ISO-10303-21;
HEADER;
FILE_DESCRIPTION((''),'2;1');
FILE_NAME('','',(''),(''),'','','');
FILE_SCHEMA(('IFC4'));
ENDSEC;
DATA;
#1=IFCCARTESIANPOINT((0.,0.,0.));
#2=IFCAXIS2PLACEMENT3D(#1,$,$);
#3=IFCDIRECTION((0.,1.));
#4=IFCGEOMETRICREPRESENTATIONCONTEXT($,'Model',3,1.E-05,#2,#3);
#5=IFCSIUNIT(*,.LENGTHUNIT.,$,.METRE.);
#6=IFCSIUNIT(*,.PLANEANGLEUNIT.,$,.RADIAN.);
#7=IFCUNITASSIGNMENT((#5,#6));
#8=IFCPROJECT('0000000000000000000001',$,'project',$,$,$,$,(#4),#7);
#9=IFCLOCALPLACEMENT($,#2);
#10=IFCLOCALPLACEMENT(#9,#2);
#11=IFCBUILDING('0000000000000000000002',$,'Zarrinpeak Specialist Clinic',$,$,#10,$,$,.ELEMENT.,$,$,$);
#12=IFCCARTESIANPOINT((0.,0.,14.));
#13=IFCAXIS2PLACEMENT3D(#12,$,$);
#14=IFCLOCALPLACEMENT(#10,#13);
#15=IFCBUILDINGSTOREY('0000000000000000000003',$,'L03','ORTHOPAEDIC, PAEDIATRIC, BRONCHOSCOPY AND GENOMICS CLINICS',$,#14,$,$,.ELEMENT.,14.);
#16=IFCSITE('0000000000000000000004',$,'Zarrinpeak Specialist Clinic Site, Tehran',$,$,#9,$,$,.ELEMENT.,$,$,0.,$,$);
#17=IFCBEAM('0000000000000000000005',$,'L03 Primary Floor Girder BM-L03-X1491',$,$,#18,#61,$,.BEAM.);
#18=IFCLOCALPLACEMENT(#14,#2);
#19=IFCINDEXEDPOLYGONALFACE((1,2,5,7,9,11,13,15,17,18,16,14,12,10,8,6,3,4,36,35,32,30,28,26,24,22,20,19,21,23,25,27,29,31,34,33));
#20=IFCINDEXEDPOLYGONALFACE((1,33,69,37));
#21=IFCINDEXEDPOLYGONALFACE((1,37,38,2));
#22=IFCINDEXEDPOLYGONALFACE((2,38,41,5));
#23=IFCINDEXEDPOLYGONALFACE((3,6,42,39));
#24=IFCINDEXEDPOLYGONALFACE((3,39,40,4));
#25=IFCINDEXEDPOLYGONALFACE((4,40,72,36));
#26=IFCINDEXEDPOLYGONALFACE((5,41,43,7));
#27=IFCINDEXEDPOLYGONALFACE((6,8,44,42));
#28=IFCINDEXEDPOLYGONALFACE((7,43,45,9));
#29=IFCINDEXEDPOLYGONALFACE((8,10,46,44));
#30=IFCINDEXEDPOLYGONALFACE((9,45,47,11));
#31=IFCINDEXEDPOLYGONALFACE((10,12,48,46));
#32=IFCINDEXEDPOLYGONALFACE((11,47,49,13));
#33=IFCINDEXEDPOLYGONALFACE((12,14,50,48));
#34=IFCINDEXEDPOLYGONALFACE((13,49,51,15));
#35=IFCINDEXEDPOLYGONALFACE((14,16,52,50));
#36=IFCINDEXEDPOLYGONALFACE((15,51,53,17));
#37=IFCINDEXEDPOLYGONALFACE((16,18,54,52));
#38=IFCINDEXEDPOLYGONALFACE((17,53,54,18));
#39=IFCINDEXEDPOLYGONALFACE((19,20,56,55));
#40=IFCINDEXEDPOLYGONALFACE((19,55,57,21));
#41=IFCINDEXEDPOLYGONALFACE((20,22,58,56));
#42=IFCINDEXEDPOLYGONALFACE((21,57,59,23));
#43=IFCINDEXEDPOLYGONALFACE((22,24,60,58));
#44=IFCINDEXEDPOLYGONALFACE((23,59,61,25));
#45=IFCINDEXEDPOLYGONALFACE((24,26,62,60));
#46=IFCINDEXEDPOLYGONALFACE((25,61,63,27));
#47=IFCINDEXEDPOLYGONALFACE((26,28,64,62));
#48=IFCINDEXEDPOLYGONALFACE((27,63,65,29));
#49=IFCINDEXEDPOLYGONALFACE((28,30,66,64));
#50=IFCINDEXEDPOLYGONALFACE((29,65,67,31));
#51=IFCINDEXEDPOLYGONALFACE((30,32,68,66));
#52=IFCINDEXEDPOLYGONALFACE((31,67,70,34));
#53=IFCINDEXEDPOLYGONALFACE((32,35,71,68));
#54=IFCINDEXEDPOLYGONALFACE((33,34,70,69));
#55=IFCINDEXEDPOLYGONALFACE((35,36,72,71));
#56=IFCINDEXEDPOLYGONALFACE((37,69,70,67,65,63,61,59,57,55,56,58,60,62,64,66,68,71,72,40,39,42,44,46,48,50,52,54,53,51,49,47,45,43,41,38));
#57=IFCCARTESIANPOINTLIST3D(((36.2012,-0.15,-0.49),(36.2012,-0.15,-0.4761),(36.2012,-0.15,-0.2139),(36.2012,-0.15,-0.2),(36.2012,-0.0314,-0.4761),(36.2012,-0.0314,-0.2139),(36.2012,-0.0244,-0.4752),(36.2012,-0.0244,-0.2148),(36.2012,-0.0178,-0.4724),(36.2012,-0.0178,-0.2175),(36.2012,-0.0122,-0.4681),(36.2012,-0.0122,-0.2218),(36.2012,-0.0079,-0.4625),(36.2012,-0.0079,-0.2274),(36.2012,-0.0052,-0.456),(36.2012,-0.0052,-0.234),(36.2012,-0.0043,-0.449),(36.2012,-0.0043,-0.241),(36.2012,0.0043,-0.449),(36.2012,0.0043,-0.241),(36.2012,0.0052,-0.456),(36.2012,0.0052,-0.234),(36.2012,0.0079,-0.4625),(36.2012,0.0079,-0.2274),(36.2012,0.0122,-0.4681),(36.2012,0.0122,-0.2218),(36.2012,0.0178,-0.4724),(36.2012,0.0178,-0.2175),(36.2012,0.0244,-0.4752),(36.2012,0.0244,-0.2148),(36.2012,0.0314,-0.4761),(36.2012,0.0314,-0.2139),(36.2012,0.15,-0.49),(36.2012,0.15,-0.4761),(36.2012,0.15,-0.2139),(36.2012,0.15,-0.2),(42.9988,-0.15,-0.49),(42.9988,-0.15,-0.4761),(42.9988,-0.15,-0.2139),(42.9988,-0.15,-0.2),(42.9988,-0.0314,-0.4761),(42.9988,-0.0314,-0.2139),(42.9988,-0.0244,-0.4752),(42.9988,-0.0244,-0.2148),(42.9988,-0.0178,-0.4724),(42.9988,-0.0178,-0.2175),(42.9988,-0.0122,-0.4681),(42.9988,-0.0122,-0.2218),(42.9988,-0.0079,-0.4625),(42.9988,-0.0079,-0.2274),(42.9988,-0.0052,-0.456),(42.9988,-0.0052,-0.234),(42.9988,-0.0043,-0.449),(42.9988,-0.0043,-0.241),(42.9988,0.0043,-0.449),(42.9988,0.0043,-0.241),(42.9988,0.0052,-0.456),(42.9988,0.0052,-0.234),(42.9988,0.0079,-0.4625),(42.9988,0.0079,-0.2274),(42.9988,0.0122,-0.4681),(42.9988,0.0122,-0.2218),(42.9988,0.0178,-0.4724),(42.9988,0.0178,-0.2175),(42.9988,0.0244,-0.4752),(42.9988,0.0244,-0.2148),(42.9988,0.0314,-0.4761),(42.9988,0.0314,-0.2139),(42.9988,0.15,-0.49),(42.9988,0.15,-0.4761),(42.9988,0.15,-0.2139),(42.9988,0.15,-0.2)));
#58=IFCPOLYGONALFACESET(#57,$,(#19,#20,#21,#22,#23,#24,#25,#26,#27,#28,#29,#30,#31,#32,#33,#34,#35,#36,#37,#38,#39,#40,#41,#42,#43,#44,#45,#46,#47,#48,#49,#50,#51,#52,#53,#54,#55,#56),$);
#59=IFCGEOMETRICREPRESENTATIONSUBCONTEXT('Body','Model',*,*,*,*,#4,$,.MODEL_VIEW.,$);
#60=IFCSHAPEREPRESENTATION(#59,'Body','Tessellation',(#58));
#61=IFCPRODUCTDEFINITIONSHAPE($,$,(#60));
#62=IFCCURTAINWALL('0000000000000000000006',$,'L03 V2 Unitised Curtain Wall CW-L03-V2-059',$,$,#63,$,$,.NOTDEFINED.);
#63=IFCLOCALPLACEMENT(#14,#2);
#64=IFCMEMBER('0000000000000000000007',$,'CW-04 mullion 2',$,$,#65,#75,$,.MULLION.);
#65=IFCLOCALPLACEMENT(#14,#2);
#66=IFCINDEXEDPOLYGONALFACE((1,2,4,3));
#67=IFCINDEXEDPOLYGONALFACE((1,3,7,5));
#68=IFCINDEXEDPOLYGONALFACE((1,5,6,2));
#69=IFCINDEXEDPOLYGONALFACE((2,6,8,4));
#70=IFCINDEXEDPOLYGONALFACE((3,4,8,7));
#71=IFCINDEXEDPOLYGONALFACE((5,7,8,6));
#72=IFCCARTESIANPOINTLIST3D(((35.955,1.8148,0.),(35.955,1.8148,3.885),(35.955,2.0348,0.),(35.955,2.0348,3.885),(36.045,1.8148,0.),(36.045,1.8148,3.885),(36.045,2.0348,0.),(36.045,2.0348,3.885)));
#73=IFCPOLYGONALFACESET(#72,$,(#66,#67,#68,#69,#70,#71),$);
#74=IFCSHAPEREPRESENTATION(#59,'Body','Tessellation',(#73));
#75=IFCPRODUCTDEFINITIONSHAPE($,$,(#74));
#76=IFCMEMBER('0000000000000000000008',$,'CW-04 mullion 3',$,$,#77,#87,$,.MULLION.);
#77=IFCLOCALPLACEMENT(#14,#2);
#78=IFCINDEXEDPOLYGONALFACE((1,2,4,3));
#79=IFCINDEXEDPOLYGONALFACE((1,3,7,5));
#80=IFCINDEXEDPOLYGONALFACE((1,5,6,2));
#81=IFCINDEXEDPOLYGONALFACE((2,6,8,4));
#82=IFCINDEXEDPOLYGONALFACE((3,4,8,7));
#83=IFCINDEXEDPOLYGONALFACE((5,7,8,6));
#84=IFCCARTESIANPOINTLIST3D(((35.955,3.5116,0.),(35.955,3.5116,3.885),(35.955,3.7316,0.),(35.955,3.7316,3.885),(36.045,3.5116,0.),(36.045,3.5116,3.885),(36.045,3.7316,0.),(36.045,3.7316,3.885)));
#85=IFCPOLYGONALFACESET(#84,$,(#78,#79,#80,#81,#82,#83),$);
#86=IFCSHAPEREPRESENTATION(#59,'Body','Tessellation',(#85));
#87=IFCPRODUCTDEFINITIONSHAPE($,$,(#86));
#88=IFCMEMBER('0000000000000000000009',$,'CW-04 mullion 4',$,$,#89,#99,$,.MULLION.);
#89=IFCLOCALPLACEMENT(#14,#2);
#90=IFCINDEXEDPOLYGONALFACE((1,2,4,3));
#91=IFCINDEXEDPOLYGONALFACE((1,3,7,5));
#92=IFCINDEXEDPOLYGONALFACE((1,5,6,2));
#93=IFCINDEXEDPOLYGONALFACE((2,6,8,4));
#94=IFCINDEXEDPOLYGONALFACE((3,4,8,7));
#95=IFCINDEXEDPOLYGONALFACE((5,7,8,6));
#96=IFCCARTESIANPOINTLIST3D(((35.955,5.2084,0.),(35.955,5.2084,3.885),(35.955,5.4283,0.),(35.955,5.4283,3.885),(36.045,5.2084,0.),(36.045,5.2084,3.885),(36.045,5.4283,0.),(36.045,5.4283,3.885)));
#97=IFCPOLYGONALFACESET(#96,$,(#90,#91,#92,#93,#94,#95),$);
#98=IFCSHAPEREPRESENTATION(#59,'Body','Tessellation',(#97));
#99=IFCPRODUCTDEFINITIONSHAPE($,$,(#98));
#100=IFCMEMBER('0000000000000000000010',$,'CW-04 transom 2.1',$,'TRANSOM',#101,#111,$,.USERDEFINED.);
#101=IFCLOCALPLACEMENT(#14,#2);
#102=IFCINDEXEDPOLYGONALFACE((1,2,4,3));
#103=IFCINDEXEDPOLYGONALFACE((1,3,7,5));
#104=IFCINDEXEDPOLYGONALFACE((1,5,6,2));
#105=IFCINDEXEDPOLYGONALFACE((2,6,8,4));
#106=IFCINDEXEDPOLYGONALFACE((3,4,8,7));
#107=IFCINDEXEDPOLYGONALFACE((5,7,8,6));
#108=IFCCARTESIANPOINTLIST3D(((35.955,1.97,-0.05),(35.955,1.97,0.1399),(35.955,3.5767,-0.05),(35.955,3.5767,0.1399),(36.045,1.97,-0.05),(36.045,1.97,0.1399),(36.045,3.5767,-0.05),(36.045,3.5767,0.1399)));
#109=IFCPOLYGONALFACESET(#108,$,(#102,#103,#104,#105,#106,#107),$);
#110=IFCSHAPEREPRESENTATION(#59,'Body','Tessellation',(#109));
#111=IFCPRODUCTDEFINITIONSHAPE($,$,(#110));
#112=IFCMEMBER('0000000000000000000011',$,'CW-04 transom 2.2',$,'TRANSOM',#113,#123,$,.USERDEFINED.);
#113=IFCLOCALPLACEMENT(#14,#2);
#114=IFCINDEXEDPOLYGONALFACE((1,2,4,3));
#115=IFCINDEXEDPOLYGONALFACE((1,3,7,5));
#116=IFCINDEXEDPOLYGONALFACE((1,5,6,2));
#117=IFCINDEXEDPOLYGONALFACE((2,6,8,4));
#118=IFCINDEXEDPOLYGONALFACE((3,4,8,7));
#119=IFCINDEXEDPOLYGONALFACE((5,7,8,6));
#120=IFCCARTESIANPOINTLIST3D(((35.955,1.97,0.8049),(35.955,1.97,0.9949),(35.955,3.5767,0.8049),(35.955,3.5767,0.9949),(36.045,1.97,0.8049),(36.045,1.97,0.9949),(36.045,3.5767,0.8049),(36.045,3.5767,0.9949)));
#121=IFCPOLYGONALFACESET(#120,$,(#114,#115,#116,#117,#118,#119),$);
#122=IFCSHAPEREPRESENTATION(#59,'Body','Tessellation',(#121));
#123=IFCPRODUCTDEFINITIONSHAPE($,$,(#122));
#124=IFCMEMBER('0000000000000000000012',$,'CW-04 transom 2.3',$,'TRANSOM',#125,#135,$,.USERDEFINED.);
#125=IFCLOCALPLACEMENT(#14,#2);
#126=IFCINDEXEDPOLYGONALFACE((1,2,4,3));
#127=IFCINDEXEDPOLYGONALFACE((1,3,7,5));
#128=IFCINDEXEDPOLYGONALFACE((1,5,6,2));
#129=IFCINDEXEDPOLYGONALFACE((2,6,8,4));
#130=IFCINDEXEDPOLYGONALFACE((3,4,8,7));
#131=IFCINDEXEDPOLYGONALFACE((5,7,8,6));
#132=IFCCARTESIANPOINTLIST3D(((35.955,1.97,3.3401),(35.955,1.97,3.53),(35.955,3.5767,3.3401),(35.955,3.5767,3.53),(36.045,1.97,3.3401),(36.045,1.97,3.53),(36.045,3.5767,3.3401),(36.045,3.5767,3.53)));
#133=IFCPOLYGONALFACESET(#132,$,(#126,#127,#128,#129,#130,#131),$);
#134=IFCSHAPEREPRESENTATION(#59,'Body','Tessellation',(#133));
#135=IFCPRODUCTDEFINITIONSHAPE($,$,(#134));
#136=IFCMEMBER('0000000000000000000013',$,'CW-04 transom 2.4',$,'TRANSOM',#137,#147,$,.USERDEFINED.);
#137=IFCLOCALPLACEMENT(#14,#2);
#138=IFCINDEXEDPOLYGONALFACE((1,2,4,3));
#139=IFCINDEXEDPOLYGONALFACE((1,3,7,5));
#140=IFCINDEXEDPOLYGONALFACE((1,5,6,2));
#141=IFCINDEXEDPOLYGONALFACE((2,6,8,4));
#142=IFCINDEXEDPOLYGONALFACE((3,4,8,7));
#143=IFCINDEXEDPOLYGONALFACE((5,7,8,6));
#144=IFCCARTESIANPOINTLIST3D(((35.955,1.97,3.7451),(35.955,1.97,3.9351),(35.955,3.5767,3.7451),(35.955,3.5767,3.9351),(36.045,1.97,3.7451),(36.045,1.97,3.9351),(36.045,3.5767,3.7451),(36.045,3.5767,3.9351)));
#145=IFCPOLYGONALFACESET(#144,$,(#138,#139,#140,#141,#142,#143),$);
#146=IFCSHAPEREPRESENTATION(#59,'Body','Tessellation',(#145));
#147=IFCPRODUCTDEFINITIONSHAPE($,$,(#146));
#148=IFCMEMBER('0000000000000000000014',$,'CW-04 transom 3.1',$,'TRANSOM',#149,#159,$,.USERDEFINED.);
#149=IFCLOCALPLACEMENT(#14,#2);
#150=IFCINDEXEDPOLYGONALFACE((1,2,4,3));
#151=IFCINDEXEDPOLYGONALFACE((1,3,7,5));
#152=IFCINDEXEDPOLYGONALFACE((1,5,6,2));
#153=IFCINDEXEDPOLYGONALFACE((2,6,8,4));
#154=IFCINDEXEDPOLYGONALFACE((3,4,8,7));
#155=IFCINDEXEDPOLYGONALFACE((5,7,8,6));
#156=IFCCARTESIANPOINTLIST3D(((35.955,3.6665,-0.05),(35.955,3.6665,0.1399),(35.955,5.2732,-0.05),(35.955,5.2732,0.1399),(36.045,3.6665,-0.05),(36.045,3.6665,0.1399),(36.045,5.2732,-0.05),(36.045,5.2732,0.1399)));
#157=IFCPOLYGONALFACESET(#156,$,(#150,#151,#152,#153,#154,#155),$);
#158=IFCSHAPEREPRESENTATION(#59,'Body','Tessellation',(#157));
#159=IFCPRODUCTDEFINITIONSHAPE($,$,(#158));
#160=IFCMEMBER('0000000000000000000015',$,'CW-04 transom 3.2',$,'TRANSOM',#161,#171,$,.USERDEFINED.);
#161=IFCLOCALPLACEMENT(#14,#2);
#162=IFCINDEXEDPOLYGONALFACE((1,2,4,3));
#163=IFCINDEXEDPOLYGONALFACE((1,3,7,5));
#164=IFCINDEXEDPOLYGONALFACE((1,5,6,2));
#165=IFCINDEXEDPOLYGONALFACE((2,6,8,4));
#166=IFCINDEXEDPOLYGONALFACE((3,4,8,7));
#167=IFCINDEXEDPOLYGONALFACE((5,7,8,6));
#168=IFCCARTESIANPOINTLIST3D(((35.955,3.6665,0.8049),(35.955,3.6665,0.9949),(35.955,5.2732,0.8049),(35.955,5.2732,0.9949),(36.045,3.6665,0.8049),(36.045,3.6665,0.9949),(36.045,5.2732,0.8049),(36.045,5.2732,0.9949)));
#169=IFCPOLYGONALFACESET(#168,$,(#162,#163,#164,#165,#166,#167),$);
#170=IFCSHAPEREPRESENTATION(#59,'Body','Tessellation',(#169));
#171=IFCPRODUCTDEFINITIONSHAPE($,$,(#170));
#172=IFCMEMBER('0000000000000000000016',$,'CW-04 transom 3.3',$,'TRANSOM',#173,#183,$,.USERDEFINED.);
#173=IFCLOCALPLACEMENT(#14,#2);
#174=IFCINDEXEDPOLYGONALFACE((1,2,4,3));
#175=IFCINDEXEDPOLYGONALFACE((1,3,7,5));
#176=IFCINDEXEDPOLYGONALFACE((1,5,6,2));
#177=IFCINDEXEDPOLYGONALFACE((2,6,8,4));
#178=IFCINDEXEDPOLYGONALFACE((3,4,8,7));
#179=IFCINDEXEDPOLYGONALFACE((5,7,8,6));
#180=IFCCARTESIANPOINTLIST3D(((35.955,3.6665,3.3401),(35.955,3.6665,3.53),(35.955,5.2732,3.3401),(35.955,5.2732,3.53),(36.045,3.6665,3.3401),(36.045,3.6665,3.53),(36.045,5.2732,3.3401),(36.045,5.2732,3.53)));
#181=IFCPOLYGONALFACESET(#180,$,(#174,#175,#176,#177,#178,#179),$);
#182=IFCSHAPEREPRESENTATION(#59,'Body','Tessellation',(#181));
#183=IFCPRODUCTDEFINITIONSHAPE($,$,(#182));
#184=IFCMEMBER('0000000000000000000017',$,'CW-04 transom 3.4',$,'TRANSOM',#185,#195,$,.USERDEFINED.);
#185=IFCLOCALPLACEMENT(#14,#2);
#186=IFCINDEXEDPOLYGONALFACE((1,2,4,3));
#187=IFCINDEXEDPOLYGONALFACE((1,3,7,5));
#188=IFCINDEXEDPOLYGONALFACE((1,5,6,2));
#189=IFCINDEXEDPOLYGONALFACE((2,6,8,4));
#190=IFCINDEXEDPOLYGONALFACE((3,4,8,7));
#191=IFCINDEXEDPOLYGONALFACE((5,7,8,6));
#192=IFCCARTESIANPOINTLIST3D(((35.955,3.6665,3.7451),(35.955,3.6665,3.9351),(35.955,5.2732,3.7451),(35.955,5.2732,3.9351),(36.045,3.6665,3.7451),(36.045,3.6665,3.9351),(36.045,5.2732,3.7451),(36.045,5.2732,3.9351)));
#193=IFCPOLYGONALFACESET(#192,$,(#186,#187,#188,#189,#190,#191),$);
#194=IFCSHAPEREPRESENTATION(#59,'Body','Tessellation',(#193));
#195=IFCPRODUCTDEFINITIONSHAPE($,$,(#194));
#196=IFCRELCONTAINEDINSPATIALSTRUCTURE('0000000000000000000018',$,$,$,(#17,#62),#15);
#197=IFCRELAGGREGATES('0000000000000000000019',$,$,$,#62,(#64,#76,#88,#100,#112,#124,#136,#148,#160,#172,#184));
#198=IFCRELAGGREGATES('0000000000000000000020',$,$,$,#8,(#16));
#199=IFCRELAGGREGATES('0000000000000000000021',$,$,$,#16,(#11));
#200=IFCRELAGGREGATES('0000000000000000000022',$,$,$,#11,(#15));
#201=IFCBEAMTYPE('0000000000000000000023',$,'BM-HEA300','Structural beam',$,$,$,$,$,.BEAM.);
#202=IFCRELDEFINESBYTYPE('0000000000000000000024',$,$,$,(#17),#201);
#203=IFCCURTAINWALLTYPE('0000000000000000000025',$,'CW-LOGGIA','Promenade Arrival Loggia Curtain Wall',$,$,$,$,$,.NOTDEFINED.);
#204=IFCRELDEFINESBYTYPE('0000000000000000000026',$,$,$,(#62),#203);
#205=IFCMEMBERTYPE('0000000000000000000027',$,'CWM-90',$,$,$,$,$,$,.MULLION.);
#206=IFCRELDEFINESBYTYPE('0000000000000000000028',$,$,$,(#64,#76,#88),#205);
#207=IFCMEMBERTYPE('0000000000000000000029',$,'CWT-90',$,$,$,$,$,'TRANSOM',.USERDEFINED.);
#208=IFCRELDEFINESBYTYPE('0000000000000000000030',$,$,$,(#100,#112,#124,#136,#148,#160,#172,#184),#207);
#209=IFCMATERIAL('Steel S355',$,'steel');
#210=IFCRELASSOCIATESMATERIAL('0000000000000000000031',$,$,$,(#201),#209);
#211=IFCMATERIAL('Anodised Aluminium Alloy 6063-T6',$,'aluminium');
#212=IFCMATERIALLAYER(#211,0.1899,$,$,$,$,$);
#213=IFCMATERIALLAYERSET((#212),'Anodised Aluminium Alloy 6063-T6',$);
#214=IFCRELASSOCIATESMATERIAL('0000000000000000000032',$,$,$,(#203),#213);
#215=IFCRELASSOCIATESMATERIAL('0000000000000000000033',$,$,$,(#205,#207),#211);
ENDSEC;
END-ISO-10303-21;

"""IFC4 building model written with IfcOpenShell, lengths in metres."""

from ifc_helpers import new_model, si_unit, direction, frame, origin, origin_2d, place, context, subcontext, project, spatial, rectangle, i_section, extrude, material, layer, layer_set, material_profile, profile_set, type_object, element, aggregate, save


model = new_model("IFC4")

# Units and contexts
model_context = context("Model", 3, precision=1e-05, world=origin(), true_north=direction((0.0, 1.0)))
body_context = subcontext(model_context, "Body", "Model", "MODEL_VIEW")
ifc_project = project(units=[si_unit("LENGTHUNIT", "METRE"), si_unit("PLANEANGLEUNIT", "RADIAN")], contexts=[model_context])

# Site, building, storey
site_placement = place(None, origin())
site = spatial("IfcSite", under=ifc_project, at=site_placement, Name="Zarrinpeak Specialist Clinic Site, Tehran", CompositionType="ELEMENT", RefElevation=0.0)
building_placement = place(site_placement, origin())
building = spatial("IfcBuilding", under=site, at=building_placement, Name="Zarrinpeak Specialist Clinic", CompositionType="ELEMENT")
storey_placement = place(building_placement, frame((0.0, 0.0, 14.0)))
storey = spatial("IfcBuildingStorey", under=building, at=storey_placement, Name="L03", Description="ORTHOPAEDIC, PAEDIATRIC, BRONCHOSCOPY AND GENOMICS CLINICS", CompositionType="ELEMENT", Elevation=14.0)

# Beam
ifc_material_1 = material(Name="Steel S355", Category="steel")
ifc_material_profile_1 = material_profile(ifc_material_1, i_section(OverallWidth=0.3, OverallDepth=0.29, WebThickness=0.0085, FlangeThickness=0.0139, FilletRadius=0.0271, at=origin_2d()), Name="HEA 300")
ifc_profile_set_1 = profile_set([ifc_material_profile_1], Name="Steel S355")
beam_type = type_object("IfcBeamType", Name="BM-HEA300", Description="Structural beam", PredefinedType="BEAM", material=ifc_profile_set_1)
beam_placement = place(storey_placement, frame((36.2012, 0.0, -0.345), z_axis=(1.0, 0.0, 0.0), x_axis=(0.0, 1.0, 0.0)))
element("IfcBeam", 1, at=beam_placement, inside=storey, type_object=beam_type, Name="L03 Primary Floor Girder BM-L03-X1491", PredefinedType="BEAM", context=body_context, shape_type="SweptSolid", body=[
    extrude(i_section(OverallWidth=0.3, OverallDepth=0.29, WebThickness=0.0085, FlangeThickness=0.0139, FilletRadius=0.0271, at=origin_2d()), origin(), (0.0, 0.0, 1.0), 6.7976),
])

# Curtain wall, members
ifc_material_2 = material(Name="Anodised Aluminium Alloy 6063-T6", Category="aluminium")
ifc_layer_1 = layer(ifc_material_2, 0.1899)
ifc_layer_set_1 = layer_set([ifc_layer_1], Name="Anodised Aluminium Alloy 6063-T6")
curtain_wall_type = type_object("IfcCurtainWallType", Name="CW-LOGGIA", Description="Promenade Arrival Loggia Curtain Wall", PredefinedType="NOTDEFINED", material=ifc_layer_set_1)
curtain_wall_placement = place(storey_placement, origin())
curtain_wall = element("IfcCurtainWall", 2, at=curtain_wall_placement, inside=storey, type_object=curtain_wall_type, Name="L03 V2 Unitised Curtain Wall CW-L03-V2-059", PredefinedType="NOTDEFINED")
ifc_material_profile_2 = material_profile(ifc_material_2, rectangle(XDim=0.0901, YDim=0.22, at=origin_2d()), Name="ALU 90x220")
ifc_profile_set_2 = profile_set([ifc_material_profile_2], Name="Anodised Aluminium Alloy 6063-T6")
member_type_1 = type_object("IfcMemberType", Name="CWM-90", PredefinedType="MULLION", material=ifc_profile_set_2)
member_1_placement = place(storey_placement, frame((36.0, 1.9248, 0.0), z_axis=(0.0, 0.0, 1.0), x_axis=(-1.0, 0.0, 0.0)))
member_1 = element("IfcMember", 3, at=member_1_placement, type_object=member_type_1, Name="CW-04 mullion 2", PredefinedType="MULLION", context=body_context, shape_type="SweptSolid", body=[
    extrude(rectangle(XDim=0.0901, YDim=0.22, at=origin_2d()), origin(), (0.0, 0.0, 1.0), 3.885),
])
member_2_placement = place(storey_placement, frame((36.0, 3.6216, 0.0), z_axis=(0.0, 0.0, 1.0), x_axis=(-1.0, 0.0, 0.0)))
member_2 = element("IfcMember", 4, at=member_2_placement, type_object=member_type_1, Name="CW-04 mullion 3", PredefinedType="MULLION", context=body_context, shape_type="SweptSolid", body=[
    extrude(rectangle(XDim=0.0901, YDim=0.22, at=origin_2d()), origin(), (0.0, 0.0, 1.0), 3.885),
])
member_3_placement = place(storey_placement, frame((36.0, 5.3184, 0.0), z_axis=(0.0, 0.0, 1.0), x_axis=(-1.0, 0.0, 0.0)))
member_3 = element("IfcMember", 5, at=member_3_placement, type_object=member_type_1, Name="CW-04 mullion 4", PredefinedType="MULLION", context=body_context, shape_type="SweptSolid", body=[
    extrude(rectangle(XDim=0.0901, YDim=0.22, at=origin_2d()), origin(), (0.0, 0.0, 1.0), 3.885),
])
ifc_material_profile_3 = material_profile(ifc_material_2, rectangle(XDim=0.0901, YDim=0.1899, at=origin_2d()), Name="ALU 90x190")
ifc_profile_set_3 = profile_set([ifc_material_profile_3], Name="Anodised Aluminium Alloy 6063-T6")
member_type_2 = type_object("IfcMemberType", Name="CWT-90", ElementType="TRANSOM", PredefinedType="USERDEFINED", material=ifc_profile_set_3)
member_4_placement = place(storey_placement, frame((36.0, 1.97, 0.0449), z_axis=(0.0, 1.0, 0.0), x_axis=(-1.0, 0.0, 0.0)))
member_4 = element("IfcMember", 6, at=member_4_placement, type_object=member_type_2, Name="CW-04 transom 2.1", ObjectType="TRANSOM", PredefinedType="USERDEFINED", context=body_context, shape_type="SweptSolid", body=[
    extrude(rectangle(XDim=0.0901, YDim=0.1899, at=origin_2d()), origin(), (0.0, 0.0, 1.0), 1.6067),
])
member_5_placement = place(storey_placement, frame((36.0, 1.97, 0.8999), z_axis=(0.0, 1.0, 0.0), x_axis=(-1.0, 0.0, 0.0)))
member_5 = element("IfcMember", 7, at=member_5_placement, type_object=member_type_2, Name="CW-04 transom 2.2", ObjectType="TRANSOM", PredefinedType="USERDEFINED", context=body_context, shape_type="SweptSolid", body=[
    extrude(rectangle(XDim=0.0901, YDim=0.1899, at=origin_2d()), origin(), (0.0, 0.0, 1.0), 1.6067),
])
member_6_placement = place(storey_placement, frame((36.0, 1.97, 3.4351), z_axis=(0.0, 1.0, 0.0), x_axis=(-1.0, 0.0, 0.0)))
member_6 = element("IfcMember", 8, at=member_6_placement, type_object=member_type_2, Name="CW-04 transom 2.3", ObjectType="TRANSOM", PredefinedType="USERDEFINED", context=body_context, shape_type="SweptSolid", body=[
    extrude(rectangle(XDim=0.0901, YDim=0.1899, at=origin_2d()), origin(), (0.0, 0.0, 1.0), 1.6067),
])
member_7_placement = place(storey_placement, frame((36.0, 1.97, 3.8401), z_axis=(0.0, 1.0, 0.0), x_axis=(-1.0, 0.0, 0.0)))
member_7 = element("IfcMember", 9, at=member_7_placement, type_object=member_type_2, Name="CW-04 transom 2.4", ObjectType="TRANSOM", PredefinedType="USERDEFINED", context=body_context, shape_type="SweptSolid", body=[
    extrude(rectangle(XDim=0.0901, YDim=0.1899, at=origin_2d()), origin(), (0.0, 0.0, 1.0), 1.6067),
])
member_8_placement = place(storey_placement, frame((36.0, 3.6665, 0.0449), z_axis=(0.0, 1.0, 0.0), x_axis=(-1.0, 0.0, 0.0)))
member_8 = element("IfcMember", 10, at=member_8_placement, type_object=member_type_2, Name="CW-04 transom 3.1", ObjectType="TRANSOM", PredefinedType="USERDEFINED", context=body_context, shape_type="SweptSolid", body=[
    extrude(rectangle(XDim=0.0901, YDim=0.1899, at=origin_2d()), origin(), (0.0, 0.0, 1.0), 1.6067),
])
member_9_placement = place(storey_placement, frame((36.0, 3.6665, 0.8999), z_axis=(0.0, 1.0, 0.0), x_axis=(-1.0, 0.0, 0.0)))
member_9 = element("IfcMember", 11, at=member_9_placement, type_object=member_type_2, Name="CW-04 transom 3.2", ObjectType="TRANSOM", PredefinedType="USERDEFINED", context=body_context, shape_type="SweptSolid", body=[
    extrude(rectangle(XDim=0.0901, YDim=0.1899, at=origin_2d()), origin(), (0.0, 0.0, 1.0), 1.6067),
])
member_10_placement = place(storey_placement, frame((36.0, 3.6665, 3.4351), z_axis=(0.0, 1.0, 0.0), x_axis=(-1.0, 0.0, 0.0)))
member_10 = element("IfcMember", 12, at=member_10_placement, type_object=member_type_2, Name="CW-04 transom 3.3", ObjectType="TRANSOM", PredefinedType="USERDEFINED", context=body_context, shape_type="SweptSolid", body=[
    extrude(rectangle(XDim=0.0901, YDim=0.1899, at=origin_2d()), origin(), (0.0, 0.0, 1.0), 1.6067),
])
member_11_placement = place(storey_placement, frame((36.0, 3.6665, 3.8401), z_axis=(0.0, 1.0, 0.0), x_axis=(-1.0, 0.0, 0.0)))
member_11 = element("IfcMember", 13, at=member_11_placement, type_object=member_type_2, Name="CW-04 transom 3.4", ObjectType="TRANSOM", PredefinedType="USERDEFINED", context=body_context, shape_type="SweptSolid", body=[
    extrude(rectangle(XDim=0.0901, YDim=0.1899, at=origin_2d()), origin(), (0.0, 0.0, 1.0), 1.6067),
])
aggregate(curtain_wall, [member_1, member_2, member_3, member_4, member_5, member_6, member_7, member_8, member_9, member_10, member_11])

save(model, "model.ifc")
